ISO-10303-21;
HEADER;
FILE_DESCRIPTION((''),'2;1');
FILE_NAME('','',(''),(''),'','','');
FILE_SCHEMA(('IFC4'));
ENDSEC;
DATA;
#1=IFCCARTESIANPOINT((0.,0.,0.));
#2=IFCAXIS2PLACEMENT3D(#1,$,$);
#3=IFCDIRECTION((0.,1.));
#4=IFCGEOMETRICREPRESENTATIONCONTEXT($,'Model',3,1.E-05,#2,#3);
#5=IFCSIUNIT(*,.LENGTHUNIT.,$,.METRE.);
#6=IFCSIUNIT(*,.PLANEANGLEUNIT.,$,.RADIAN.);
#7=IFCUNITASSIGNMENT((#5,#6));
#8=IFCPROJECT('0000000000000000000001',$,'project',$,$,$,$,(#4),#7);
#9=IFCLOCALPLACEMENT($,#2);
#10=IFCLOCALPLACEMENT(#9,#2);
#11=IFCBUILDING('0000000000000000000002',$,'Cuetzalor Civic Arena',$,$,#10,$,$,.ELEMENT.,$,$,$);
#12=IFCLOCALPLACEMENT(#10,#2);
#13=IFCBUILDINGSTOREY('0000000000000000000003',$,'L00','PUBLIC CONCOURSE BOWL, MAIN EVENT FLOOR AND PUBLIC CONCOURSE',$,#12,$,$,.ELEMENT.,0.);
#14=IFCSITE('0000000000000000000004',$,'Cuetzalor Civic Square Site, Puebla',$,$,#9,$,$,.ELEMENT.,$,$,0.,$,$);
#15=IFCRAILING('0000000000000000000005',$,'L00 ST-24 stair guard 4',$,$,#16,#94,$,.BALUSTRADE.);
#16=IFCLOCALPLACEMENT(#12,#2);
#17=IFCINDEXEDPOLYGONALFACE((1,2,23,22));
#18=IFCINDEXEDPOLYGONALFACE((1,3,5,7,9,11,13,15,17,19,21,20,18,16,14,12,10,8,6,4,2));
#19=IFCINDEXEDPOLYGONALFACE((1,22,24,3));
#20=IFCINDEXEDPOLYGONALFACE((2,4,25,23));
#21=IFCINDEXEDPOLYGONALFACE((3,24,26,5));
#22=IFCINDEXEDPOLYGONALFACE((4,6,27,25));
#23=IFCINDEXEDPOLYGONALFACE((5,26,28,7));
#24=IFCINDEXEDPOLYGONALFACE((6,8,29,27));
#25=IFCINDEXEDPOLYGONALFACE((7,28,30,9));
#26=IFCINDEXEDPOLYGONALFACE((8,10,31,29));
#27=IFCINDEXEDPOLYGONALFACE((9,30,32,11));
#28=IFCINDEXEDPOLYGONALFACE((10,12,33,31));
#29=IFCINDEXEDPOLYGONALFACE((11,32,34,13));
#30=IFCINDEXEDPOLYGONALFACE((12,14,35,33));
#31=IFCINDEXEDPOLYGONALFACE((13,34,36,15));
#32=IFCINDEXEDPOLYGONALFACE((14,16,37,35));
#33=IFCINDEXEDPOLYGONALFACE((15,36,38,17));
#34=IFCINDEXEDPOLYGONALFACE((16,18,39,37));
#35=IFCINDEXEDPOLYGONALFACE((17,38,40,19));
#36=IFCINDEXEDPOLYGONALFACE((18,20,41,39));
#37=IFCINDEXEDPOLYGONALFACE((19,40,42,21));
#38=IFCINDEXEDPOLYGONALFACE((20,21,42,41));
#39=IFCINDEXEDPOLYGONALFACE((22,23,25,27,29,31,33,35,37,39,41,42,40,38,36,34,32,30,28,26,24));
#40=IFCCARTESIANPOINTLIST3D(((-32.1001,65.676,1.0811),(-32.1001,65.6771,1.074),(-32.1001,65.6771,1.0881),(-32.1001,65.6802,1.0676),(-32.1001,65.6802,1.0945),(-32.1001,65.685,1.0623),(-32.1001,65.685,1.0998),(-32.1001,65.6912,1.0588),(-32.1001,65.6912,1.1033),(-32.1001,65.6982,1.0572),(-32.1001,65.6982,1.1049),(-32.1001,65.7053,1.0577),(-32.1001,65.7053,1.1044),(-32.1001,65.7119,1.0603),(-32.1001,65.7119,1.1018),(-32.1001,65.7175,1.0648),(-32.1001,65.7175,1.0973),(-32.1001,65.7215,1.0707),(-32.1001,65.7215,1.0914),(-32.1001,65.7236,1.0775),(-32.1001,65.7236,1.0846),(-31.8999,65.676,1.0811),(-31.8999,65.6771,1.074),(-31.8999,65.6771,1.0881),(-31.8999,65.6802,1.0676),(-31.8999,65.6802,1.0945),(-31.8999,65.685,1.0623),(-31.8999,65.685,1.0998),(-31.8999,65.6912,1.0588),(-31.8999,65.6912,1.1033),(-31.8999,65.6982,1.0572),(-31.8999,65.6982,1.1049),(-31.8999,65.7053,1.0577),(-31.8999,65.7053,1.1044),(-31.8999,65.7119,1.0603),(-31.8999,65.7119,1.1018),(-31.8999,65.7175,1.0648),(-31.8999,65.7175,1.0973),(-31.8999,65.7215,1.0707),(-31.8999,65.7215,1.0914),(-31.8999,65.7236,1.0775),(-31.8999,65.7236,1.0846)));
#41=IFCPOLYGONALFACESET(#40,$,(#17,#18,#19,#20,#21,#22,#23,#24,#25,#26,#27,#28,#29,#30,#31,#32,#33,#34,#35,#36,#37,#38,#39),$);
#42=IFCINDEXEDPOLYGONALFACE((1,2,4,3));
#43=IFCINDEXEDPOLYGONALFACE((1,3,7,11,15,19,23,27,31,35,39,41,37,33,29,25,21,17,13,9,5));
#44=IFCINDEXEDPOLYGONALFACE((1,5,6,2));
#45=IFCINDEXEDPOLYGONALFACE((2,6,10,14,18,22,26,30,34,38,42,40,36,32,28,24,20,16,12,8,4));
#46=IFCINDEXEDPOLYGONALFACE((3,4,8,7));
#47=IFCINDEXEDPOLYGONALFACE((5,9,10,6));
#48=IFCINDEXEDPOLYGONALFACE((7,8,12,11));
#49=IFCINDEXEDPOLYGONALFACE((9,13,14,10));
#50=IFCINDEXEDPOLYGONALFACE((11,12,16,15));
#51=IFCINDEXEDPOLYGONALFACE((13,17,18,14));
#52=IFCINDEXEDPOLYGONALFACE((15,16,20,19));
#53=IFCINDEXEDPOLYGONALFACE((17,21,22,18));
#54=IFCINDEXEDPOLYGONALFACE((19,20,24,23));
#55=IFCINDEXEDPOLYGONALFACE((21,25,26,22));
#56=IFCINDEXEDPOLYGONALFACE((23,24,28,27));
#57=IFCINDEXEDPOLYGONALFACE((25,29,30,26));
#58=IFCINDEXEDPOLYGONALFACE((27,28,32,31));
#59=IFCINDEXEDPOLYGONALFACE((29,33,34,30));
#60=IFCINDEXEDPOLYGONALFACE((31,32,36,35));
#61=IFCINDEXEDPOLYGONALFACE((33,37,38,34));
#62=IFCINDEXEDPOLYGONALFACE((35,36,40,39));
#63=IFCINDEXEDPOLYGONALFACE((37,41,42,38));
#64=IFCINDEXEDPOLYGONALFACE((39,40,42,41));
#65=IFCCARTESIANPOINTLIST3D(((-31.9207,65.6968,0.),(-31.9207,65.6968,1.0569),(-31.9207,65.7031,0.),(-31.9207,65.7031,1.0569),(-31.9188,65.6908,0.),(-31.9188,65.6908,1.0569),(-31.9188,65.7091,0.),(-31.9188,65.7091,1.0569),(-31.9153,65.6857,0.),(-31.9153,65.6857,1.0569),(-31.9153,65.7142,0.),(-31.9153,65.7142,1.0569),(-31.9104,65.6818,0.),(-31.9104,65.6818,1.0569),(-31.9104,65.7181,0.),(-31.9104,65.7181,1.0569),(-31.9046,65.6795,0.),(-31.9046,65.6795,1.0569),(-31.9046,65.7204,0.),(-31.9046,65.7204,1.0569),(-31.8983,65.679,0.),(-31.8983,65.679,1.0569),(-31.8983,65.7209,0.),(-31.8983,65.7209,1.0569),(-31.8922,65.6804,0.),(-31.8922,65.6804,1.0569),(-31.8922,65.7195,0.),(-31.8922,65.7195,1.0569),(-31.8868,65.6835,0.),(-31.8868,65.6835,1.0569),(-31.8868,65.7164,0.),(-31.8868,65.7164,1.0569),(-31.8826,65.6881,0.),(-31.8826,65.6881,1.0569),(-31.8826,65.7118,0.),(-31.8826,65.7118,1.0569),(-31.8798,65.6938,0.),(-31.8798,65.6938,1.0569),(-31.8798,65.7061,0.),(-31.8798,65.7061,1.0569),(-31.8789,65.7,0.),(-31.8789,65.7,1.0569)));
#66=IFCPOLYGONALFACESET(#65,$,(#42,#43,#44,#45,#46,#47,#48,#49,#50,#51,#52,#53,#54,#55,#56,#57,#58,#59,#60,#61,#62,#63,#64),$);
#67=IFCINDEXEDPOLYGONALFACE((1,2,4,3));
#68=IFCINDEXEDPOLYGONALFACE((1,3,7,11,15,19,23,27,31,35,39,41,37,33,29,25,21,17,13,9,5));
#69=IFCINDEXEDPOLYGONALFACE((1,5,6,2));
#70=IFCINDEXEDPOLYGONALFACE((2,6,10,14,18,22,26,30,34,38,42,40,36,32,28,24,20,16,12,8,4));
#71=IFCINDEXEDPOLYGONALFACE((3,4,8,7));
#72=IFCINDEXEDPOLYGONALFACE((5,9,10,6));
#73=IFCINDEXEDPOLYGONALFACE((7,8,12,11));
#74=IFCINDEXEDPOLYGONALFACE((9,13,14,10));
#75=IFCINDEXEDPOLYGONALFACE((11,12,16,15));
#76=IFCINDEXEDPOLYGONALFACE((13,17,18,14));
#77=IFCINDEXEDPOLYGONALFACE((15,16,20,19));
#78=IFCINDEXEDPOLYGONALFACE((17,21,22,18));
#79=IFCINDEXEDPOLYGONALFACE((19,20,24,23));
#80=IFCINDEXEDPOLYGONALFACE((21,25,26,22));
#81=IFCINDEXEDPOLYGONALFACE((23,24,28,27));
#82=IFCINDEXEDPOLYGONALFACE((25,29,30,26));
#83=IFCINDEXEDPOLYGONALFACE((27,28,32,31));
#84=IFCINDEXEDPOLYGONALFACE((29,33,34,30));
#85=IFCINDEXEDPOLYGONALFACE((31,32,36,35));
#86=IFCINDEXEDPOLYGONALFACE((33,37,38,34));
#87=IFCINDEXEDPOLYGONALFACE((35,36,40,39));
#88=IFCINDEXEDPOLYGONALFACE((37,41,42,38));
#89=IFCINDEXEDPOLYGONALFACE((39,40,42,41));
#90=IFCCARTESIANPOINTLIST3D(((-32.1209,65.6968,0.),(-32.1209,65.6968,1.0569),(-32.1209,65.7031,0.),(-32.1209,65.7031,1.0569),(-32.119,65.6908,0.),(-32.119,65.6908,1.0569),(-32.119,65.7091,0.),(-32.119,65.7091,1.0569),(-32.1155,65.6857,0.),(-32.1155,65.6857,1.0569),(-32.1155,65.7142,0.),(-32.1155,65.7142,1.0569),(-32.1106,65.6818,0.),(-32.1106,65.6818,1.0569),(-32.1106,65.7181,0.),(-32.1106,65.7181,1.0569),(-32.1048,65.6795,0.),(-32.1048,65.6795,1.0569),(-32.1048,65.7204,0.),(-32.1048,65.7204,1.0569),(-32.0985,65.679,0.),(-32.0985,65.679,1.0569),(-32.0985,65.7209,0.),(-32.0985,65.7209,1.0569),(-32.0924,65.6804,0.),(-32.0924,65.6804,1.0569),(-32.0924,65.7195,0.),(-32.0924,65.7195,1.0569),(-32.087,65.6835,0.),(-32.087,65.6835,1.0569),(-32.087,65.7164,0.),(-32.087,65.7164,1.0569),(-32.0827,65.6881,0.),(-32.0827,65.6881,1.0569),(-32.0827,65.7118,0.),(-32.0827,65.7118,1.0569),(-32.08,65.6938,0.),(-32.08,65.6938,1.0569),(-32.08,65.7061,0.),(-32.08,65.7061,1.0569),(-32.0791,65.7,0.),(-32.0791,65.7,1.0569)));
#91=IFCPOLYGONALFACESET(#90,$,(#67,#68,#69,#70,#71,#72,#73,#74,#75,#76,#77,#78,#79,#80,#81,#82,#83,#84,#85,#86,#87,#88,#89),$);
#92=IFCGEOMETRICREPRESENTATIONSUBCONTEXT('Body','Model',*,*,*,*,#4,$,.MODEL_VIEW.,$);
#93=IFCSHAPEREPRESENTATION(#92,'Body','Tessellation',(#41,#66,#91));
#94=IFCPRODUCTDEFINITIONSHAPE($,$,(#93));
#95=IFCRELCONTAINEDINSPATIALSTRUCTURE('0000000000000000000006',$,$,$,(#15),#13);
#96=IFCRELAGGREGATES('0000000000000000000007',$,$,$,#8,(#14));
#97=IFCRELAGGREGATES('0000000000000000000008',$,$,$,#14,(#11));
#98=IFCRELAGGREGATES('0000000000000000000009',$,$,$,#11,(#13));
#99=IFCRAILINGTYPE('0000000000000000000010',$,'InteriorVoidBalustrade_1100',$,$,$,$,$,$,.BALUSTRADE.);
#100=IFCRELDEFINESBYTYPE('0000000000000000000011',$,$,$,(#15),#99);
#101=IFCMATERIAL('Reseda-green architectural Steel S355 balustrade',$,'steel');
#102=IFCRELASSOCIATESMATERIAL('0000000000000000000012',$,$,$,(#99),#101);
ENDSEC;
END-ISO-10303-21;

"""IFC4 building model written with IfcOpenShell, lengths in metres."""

from ifc_helpers import new_model, si_unit, direction, frame, origin, origin_2d, place, context, subcontext, project, spatial, circle, extrude, material, type_object, element, save


model = new_model("IFC4")

# Units and contexts
model_context = context("Model", 3, precision=1e-05, world=origin(), true_north=direction((0.0, 1.0)))
body_context = subcontext(model_context, "Body", "Model", "MODEL_VIEW")
ifc_project = project(units=[si_unit("LENGTHUNIT", "METRE"), si_unit("PLANEANGLEUNIT", "RADIAN")], contexts=[model_context])

# Site, building, storey
site_placement = place(None, origin())
site = spatial("IfcSite", under=ifc_project, at=site_placement, Name="Cuetzalor Civic Square Site, Puebla", CompositionType="ELEMENT", RefElevation=0.0)
building_placement = place(site_placement, origin())
building = spatial("IfcBuilding", under=site, at=building_placement, Name="Cuetzalor Civic Arena", CompositionType="ELEMENT")
storey_placement = place(building_placement, origin())
storey = spatial("IfcBuildingStorey", under=building, at=storey_placement, Name="L00", Description="PUBLIC CONCOURSE BOWL, MAIN EVENT FLOOR AND PUBLIC CONCOURSE", CompositionType="ELEMENT", Elevation=0.0)

# Railing
ifc_material_1 = material(Name="Reseda-green architectural Steel S355 balustrade", Category="steel")
railing_type_1 = type_object("IfcRailingType", Name="InteriorVoidBalustrade_1100", PredefinedType="BALUSTRADE", material=ifc_material_1)
railing_1_placement = place(storey_placement, frame((-31.8999, 65.7, 0.0)))
element("IfcRailing", 1, at=railing_1_placement, inside=storey, type_object=railing_type_1, Name="L00 ST-24 stair guard 4", PredefinedType="BALUSTRADE", context=body_context, shape_type="SweptSolid", body=[
    extrude(circle(Radius=0.0239, at=origin_2d()), frame((0.0, 0.0, 1.0811), z_axis=(-1.0, 0.0, 0.0), x_axis=(0.0, -1.0, 0.0)), (0.0, 0.0, 1.0), 0.2002),
    extrude(circle(Radius=0.021, at=origin_2d()), origin(), (0.0, 0.0, 1.0), 1.0569),
    extrude(circle(Radius=0.021, at=origin_2d()), frame((-0.2002, 0.0, 0.0)), (0.0, 0.0, 1.0), 1.0569),
])

save(model, "model.ifc")
